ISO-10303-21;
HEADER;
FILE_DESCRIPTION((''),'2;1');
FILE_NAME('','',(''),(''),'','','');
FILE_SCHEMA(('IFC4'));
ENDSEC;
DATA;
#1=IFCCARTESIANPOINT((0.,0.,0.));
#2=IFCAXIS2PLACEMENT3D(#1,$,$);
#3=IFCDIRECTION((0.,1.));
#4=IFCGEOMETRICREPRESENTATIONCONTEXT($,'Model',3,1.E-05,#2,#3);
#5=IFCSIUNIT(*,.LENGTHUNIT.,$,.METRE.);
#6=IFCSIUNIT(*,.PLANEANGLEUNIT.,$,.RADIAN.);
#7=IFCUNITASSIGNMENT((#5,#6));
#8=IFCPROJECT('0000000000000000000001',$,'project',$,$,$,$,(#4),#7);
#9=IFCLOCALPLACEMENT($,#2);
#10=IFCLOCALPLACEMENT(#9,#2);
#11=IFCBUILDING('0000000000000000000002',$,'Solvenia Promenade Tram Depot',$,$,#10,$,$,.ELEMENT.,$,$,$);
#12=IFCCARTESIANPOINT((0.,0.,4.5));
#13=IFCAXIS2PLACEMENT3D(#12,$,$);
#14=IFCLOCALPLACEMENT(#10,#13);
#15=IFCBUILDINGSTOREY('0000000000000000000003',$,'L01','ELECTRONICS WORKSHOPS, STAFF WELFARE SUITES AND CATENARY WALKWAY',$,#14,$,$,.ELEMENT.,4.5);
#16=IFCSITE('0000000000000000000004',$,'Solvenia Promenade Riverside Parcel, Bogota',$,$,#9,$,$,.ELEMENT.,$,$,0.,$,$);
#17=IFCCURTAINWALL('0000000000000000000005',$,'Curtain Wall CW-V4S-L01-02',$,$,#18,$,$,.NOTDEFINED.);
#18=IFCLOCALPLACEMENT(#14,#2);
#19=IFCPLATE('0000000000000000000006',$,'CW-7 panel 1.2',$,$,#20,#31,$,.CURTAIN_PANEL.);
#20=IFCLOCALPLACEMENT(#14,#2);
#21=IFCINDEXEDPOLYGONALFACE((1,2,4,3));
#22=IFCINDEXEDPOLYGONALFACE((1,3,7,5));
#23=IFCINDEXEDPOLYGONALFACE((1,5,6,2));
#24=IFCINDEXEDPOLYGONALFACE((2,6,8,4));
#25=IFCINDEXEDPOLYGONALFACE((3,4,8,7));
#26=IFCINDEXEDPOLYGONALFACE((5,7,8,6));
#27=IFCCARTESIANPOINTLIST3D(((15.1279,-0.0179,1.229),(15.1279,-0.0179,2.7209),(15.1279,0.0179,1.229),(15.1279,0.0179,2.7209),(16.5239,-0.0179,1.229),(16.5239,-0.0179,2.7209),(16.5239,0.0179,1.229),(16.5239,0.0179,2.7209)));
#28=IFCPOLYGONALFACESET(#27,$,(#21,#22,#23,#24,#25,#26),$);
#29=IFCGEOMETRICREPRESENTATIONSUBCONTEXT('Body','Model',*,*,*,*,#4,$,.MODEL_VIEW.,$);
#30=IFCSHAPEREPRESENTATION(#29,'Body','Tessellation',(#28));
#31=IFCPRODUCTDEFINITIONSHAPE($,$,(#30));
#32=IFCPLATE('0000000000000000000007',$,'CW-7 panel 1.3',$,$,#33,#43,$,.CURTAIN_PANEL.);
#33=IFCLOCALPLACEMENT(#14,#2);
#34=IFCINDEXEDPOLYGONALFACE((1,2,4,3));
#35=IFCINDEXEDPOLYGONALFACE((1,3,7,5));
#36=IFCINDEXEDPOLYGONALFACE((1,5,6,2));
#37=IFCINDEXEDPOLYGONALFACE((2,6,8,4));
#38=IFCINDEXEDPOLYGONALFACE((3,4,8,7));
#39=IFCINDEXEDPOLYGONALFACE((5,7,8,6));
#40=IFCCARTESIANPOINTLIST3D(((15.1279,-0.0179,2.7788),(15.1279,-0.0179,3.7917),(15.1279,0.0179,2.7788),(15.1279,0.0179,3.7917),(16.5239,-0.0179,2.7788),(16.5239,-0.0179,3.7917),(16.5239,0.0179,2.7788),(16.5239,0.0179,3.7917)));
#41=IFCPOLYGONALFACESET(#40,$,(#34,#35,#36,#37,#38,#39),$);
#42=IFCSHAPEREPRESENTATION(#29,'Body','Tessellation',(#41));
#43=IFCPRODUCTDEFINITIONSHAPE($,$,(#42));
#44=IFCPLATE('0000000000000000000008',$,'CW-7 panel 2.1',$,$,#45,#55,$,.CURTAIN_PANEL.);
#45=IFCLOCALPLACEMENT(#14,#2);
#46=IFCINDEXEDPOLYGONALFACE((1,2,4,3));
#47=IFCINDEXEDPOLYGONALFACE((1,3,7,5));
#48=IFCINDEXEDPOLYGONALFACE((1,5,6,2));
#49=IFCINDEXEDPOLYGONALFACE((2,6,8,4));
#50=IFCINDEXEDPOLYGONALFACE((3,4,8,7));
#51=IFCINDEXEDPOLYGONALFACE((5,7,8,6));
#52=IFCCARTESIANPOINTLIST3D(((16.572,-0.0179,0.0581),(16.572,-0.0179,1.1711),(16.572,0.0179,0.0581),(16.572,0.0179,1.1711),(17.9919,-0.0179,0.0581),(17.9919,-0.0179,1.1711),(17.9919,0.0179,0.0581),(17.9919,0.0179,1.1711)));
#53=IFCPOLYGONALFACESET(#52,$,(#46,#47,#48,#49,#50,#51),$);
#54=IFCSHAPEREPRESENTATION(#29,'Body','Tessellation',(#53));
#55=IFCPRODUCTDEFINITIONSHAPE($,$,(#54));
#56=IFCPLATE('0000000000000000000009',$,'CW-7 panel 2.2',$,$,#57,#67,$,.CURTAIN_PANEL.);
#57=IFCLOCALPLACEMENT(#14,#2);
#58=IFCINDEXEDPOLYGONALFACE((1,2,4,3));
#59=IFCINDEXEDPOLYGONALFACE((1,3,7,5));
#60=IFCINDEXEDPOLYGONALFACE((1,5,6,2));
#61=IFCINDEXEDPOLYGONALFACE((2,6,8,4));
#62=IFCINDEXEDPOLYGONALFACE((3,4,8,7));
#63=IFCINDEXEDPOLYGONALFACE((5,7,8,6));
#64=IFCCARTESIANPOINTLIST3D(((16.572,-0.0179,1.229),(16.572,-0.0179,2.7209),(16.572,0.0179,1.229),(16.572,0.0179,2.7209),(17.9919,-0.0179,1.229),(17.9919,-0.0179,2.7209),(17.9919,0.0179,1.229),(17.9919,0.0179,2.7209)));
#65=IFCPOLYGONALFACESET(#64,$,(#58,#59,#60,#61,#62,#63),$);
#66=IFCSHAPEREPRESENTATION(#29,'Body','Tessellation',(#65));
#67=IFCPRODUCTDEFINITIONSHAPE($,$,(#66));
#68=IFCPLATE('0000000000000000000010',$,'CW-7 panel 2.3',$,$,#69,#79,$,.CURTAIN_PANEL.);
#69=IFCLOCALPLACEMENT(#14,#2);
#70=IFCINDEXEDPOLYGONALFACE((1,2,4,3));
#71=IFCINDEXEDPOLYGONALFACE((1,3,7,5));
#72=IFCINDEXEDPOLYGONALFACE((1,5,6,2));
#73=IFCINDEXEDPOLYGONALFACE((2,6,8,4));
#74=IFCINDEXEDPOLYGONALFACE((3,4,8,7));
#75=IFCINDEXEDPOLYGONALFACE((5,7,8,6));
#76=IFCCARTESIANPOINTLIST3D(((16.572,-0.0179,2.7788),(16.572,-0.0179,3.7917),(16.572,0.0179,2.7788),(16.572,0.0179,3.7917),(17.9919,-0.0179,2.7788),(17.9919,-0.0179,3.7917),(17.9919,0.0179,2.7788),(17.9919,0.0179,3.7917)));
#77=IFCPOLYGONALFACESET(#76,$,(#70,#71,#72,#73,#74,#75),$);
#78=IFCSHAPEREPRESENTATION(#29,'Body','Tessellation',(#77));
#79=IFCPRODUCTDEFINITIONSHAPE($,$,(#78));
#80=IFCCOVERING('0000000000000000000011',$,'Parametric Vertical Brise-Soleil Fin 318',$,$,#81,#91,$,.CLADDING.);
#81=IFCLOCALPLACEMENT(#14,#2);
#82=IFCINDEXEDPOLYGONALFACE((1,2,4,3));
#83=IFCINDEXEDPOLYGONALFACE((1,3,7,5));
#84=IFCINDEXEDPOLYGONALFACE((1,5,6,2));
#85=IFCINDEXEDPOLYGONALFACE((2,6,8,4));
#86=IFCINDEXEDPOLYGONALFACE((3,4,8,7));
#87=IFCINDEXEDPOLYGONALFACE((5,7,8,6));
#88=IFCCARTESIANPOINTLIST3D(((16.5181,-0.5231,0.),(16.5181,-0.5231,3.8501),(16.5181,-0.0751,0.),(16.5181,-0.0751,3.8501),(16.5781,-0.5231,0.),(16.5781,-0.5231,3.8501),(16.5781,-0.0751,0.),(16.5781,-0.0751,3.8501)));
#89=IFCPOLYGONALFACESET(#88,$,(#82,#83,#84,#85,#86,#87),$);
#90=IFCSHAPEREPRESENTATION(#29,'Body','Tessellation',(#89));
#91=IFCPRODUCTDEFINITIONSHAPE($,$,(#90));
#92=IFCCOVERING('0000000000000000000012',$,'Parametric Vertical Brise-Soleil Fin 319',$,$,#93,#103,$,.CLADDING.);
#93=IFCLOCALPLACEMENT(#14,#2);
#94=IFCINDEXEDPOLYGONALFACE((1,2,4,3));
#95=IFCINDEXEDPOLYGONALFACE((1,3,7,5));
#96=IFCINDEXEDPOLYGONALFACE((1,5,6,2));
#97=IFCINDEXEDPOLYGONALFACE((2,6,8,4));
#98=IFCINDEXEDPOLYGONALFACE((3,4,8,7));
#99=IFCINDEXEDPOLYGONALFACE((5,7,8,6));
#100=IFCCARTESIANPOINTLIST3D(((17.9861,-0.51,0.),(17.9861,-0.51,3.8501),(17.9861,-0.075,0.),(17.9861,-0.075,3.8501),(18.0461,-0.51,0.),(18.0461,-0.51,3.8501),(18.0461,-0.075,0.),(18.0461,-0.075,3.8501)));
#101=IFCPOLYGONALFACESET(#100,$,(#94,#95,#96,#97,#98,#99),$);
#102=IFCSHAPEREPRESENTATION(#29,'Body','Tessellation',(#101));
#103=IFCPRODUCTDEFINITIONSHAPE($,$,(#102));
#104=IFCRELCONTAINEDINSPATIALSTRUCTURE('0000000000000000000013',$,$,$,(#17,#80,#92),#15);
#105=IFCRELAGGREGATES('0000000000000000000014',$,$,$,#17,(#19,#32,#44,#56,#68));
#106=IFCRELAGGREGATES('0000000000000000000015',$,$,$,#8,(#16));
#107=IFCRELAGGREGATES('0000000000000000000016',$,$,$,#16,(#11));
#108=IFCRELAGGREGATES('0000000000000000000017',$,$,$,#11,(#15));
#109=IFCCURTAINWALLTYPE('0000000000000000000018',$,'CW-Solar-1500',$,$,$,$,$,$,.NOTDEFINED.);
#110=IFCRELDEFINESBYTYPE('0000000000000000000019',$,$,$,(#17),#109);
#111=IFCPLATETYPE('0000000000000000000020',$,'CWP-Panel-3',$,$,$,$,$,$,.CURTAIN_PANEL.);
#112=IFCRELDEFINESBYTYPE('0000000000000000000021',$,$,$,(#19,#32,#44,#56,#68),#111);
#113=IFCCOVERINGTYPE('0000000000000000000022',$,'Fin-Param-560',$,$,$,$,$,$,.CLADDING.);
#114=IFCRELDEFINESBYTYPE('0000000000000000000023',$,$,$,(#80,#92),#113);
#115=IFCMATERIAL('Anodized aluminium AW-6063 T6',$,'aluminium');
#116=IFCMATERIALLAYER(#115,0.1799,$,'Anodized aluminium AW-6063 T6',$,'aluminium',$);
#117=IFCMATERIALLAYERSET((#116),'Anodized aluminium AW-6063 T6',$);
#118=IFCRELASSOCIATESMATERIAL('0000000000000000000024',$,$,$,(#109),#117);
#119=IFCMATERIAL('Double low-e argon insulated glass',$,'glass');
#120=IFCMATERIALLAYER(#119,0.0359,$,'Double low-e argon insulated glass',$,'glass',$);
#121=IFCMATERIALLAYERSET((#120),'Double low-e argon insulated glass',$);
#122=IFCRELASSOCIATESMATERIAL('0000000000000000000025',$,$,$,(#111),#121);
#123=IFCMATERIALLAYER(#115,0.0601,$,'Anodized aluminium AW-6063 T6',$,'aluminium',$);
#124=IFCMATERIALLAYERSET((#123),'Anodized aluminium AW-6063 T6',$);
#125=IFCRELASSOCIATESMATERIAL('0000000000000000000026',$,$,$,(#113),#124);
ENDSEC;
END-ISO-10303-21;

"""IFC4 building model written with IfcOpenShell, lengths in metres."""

from ifc_helpers import new_model, si_unit, direction, frame, origin, origin_2d, place, context, subcontext, project, spatial, rectangle, extrude, material, layer, layer_set, type_object, element, aggregate, save


model = new_model("IFC4")

# Units and contexts
model_context = context("Model", 3, precision=1e-05, world=origin(), true_north=direction((0.0, 1.0)))
body_context = subcontext(model_context, "Body", "Model", "MODEL_VIEW")
ifc_project = project(units=[si_unit("LENGTHUNIT", "METRE"), si_unit("PLANEANGLEUNIT", "RADIAN")], contexts=[model_context])

# Site, building, storey
site_placement = place(None, origin())
site = spatial("IfcSite", under=ifc_project, at=site_placement, Name="Solvenia Promenade Riverside Parcel, Bogota", CompositionType="ELEMENT", RefElevation=0.0)
building_placement = place(site_placement, origin())
building = spatial("IfcBuilding", under=site, at=building_placement, Name="Solvenia Promenade Tram Depot", CompositionType="ELEMENT")
storey_placement = place(building_placement, frame((0.0, 0.0, 4.5)))
storey = spatial("IfcBuildingStorey", under=building, at=storey_placement, Name="L01", Description="ELECTRONICS WORKSHOPS, STAFF WELFARE SUITES AND CATENARY WALKWAY", CompositionType="ELEMENT", Elevation=4.5)

# Shared definitions
ifc_material_1 = material(Name="Anodized aluminium AW-6063 T6", Category="aluminium")

# Curtain wall
ifc_layer_1 = layer(ifc_material_1, 0.1799, Name="Anodized aluminium AW-6063 T6", Category="aluminium")
ifc_layer_set_1 = layer_set([ifc_layer_1], Name="Anodized aluminium AW-6063 T6")
curtain_wall_type_1 = type_object("IfcCurtainWallType", Name="CW-Solar-1500", PredefinedType="NOTDEFINED", material=ifc_layer_set_1)
curtain_wall_1_placement = place(storey_placement, origin())
curtain_wall_1 = element("IfcCurtainWall", 1, at=curtain_wall_1_placement, inside=storey, type_object=curtain_wall_type_1, Name="Curtain Wall CW-V4S-L01-02", PredefinedType="NOTDEFINED")

# Plates
ifc_material_2 = material(Name="Double low-e argon insulated glass", Category="glass")
ifc_layer_2 = layer(ifc_material_2, 0.0359, Name="Double low-e argon insulated glass", Category="glass")
ifc_layer_set_2 = layer_set([ifc_layer_2], Name="Double low-e argon insulated glass")
plate_type = type_object("IfcPlateType", Name="CWP-Panel-3", PredefinedType="CURTAIN_PANEL", material=ifc_layer_set_2)
plate_1_placement = place(storey_placement, frame((15.8259, 0.0, 1.229), z_axis=(0.0, 0.0, 1.0), x_axis=(1.0, 0.0, 0.0)))
plate_1 = element("IfcPlate", 2, at=plate_1_placement, type_object=plate_type, Name="CW-7 panel 1.2", PredefinedType="CURTAIN_PANEL", context=body_context, shape_type="SweptSolid", body=[
    extrude(rectangle(XDim=1.396, YDim=0.0359, at=origin_2d()), origin(), (0.0, 0.0, 1.0), 1.4919),
])
plate_2_placement = place(storey_placement, frame((15.8259, 0.0, 2.7788), z_axis=(0.0, 0.0, 1.0), x_axis=(1.0, 0.0, 0.0)))
plate_2 = element("IfcPlate", 3, at=plate_2_placement, type_object=plate_type, Name="CW-7 panel 1.3", PredefinedType="CURTAIN_PANEL", context=body_context, shape_type="SweptSolid", body=[
    extrude(rectangle(XDim=1.396, YDim=0.0359, at=origin_2d()), origin(), (0.0, 0.0, 1.0), 1.0129),
])
plate_3_placement = place(storey_placement, frame((17.282, 0.0, 0.0581), z_axis=(0.0, 0.0, 1.0), x_axis=(1.0, 0.0, 0.0)))
plate_3 = element("IfcPlate", 4, at=plate_3_placement, type_object=plate_type, Name="CW-7 panel 2.1", PredefinedType="CURTAIN_PANEL", context=body_context, shape_type="SweptSolid", body=[
    extrude(rectangle(XDim=1.4199, YDim=0.0359, at=origin_2d()), origin(), (0.0, 0.0, 1.0), 1.113),
])
plate_4_placement = place(storey_placement, frame((17.282, 0.0, 1.229), z_axis=(0.0, 0.0, 1.0), x_axis=(1.0, 0.0, 0.0)))
plate_4 = element("IfcPlate", 5, at=plate_4_placement, type_object=plate_type, Name="CW-7 panel 2.2", PredefinedType="CURTAIN_PANEL", context=body_context, shape_type="SweptSolid", body=[
    extrude(rectangle(XDim=1.4199, YDim=0.0359, at=origin_2d()), origin(), (0.0, 0.0, 1.0), 1.4919),
])
plate_5_placement = place(storey_placement, frame((17.282, 0.0, 2.7788), z_axis=(0.0, 0.0, 1.0), x_axis=(1.0, 0.0, 0.0)))
plate_5 = element("IfcPlate", 6, at=plate_5_placement, type_object=plate_type, Name="CW-7 panel 2.3", PredefinedType="CURTAIN_PANEL", context=body_context, shape_type="SweptSolid", body=[
    extrude(rectangle(XDim=1.4199, YDim=0.0359, at=origin_2d()), origin(), (0.0, 0.0, 1.0), 1.0129),
])
aggregate(curtain_wall_1, [plate_1, plate_2, plate_3, plate_4, plate_5])

# Coverings
ifc_layer_3 = layer(ifc_material_1, 0.0601, Name="Anodized aluminium AW-6063 T6", Category="aluminium")
ifc_layer_set_3 = layer_set([ifc_layer_3], Name="Anodized aluminium AW-6063 T6")
covering_type = type_object("IfcCoveringType", Name="Fin-Param-560", PredefinedType="CLADDING", material=ifc_layer_set_3)
covering_1_placement = place(storey_placement, frame((16.5481, -0.2991, 0.0), z_axis=(0.0, 0.0, 1.0), x_axis=(1.0, 0.0, 0.0)))
element("IfcCovering", 7, at=covering_1_placement, inside=storey, type_object=covering_type, Name="Parametric Vertical Brise-Soleil Fin 318", PredefinedType="CLADDING", context=body_context, shape_type="SweptSolid", body=[
    extrude(rectangle(XDim=0.0601, YDim=0.448, at=origin_2d()), origin(), (0.0, 0.0, 1.0), 3.8501),
])
covering_2_placement = place(storey_placement, frame((18.0161, -0.2925, 0.0), z_axis=(0.0, 0.0, 1.0), x_axis=(1.0, 0.0, 0.0)))
element("IfcCovering", 8, at=covering_2_placement, inside=storey, type_object=covering_type, Name="Parametric Vertical Brise-Soleil Fin 319", PredefinedType="CLADDING", context=body_context, shape_type="SweptSolid", body=[
    extrude(rectangle(XDim=0.0601, YDim=0.4351, at=origin_2d()), origin(), (0.0, 0.0, 1.0), 3.8501),
])

save(model, "model.ifc")
